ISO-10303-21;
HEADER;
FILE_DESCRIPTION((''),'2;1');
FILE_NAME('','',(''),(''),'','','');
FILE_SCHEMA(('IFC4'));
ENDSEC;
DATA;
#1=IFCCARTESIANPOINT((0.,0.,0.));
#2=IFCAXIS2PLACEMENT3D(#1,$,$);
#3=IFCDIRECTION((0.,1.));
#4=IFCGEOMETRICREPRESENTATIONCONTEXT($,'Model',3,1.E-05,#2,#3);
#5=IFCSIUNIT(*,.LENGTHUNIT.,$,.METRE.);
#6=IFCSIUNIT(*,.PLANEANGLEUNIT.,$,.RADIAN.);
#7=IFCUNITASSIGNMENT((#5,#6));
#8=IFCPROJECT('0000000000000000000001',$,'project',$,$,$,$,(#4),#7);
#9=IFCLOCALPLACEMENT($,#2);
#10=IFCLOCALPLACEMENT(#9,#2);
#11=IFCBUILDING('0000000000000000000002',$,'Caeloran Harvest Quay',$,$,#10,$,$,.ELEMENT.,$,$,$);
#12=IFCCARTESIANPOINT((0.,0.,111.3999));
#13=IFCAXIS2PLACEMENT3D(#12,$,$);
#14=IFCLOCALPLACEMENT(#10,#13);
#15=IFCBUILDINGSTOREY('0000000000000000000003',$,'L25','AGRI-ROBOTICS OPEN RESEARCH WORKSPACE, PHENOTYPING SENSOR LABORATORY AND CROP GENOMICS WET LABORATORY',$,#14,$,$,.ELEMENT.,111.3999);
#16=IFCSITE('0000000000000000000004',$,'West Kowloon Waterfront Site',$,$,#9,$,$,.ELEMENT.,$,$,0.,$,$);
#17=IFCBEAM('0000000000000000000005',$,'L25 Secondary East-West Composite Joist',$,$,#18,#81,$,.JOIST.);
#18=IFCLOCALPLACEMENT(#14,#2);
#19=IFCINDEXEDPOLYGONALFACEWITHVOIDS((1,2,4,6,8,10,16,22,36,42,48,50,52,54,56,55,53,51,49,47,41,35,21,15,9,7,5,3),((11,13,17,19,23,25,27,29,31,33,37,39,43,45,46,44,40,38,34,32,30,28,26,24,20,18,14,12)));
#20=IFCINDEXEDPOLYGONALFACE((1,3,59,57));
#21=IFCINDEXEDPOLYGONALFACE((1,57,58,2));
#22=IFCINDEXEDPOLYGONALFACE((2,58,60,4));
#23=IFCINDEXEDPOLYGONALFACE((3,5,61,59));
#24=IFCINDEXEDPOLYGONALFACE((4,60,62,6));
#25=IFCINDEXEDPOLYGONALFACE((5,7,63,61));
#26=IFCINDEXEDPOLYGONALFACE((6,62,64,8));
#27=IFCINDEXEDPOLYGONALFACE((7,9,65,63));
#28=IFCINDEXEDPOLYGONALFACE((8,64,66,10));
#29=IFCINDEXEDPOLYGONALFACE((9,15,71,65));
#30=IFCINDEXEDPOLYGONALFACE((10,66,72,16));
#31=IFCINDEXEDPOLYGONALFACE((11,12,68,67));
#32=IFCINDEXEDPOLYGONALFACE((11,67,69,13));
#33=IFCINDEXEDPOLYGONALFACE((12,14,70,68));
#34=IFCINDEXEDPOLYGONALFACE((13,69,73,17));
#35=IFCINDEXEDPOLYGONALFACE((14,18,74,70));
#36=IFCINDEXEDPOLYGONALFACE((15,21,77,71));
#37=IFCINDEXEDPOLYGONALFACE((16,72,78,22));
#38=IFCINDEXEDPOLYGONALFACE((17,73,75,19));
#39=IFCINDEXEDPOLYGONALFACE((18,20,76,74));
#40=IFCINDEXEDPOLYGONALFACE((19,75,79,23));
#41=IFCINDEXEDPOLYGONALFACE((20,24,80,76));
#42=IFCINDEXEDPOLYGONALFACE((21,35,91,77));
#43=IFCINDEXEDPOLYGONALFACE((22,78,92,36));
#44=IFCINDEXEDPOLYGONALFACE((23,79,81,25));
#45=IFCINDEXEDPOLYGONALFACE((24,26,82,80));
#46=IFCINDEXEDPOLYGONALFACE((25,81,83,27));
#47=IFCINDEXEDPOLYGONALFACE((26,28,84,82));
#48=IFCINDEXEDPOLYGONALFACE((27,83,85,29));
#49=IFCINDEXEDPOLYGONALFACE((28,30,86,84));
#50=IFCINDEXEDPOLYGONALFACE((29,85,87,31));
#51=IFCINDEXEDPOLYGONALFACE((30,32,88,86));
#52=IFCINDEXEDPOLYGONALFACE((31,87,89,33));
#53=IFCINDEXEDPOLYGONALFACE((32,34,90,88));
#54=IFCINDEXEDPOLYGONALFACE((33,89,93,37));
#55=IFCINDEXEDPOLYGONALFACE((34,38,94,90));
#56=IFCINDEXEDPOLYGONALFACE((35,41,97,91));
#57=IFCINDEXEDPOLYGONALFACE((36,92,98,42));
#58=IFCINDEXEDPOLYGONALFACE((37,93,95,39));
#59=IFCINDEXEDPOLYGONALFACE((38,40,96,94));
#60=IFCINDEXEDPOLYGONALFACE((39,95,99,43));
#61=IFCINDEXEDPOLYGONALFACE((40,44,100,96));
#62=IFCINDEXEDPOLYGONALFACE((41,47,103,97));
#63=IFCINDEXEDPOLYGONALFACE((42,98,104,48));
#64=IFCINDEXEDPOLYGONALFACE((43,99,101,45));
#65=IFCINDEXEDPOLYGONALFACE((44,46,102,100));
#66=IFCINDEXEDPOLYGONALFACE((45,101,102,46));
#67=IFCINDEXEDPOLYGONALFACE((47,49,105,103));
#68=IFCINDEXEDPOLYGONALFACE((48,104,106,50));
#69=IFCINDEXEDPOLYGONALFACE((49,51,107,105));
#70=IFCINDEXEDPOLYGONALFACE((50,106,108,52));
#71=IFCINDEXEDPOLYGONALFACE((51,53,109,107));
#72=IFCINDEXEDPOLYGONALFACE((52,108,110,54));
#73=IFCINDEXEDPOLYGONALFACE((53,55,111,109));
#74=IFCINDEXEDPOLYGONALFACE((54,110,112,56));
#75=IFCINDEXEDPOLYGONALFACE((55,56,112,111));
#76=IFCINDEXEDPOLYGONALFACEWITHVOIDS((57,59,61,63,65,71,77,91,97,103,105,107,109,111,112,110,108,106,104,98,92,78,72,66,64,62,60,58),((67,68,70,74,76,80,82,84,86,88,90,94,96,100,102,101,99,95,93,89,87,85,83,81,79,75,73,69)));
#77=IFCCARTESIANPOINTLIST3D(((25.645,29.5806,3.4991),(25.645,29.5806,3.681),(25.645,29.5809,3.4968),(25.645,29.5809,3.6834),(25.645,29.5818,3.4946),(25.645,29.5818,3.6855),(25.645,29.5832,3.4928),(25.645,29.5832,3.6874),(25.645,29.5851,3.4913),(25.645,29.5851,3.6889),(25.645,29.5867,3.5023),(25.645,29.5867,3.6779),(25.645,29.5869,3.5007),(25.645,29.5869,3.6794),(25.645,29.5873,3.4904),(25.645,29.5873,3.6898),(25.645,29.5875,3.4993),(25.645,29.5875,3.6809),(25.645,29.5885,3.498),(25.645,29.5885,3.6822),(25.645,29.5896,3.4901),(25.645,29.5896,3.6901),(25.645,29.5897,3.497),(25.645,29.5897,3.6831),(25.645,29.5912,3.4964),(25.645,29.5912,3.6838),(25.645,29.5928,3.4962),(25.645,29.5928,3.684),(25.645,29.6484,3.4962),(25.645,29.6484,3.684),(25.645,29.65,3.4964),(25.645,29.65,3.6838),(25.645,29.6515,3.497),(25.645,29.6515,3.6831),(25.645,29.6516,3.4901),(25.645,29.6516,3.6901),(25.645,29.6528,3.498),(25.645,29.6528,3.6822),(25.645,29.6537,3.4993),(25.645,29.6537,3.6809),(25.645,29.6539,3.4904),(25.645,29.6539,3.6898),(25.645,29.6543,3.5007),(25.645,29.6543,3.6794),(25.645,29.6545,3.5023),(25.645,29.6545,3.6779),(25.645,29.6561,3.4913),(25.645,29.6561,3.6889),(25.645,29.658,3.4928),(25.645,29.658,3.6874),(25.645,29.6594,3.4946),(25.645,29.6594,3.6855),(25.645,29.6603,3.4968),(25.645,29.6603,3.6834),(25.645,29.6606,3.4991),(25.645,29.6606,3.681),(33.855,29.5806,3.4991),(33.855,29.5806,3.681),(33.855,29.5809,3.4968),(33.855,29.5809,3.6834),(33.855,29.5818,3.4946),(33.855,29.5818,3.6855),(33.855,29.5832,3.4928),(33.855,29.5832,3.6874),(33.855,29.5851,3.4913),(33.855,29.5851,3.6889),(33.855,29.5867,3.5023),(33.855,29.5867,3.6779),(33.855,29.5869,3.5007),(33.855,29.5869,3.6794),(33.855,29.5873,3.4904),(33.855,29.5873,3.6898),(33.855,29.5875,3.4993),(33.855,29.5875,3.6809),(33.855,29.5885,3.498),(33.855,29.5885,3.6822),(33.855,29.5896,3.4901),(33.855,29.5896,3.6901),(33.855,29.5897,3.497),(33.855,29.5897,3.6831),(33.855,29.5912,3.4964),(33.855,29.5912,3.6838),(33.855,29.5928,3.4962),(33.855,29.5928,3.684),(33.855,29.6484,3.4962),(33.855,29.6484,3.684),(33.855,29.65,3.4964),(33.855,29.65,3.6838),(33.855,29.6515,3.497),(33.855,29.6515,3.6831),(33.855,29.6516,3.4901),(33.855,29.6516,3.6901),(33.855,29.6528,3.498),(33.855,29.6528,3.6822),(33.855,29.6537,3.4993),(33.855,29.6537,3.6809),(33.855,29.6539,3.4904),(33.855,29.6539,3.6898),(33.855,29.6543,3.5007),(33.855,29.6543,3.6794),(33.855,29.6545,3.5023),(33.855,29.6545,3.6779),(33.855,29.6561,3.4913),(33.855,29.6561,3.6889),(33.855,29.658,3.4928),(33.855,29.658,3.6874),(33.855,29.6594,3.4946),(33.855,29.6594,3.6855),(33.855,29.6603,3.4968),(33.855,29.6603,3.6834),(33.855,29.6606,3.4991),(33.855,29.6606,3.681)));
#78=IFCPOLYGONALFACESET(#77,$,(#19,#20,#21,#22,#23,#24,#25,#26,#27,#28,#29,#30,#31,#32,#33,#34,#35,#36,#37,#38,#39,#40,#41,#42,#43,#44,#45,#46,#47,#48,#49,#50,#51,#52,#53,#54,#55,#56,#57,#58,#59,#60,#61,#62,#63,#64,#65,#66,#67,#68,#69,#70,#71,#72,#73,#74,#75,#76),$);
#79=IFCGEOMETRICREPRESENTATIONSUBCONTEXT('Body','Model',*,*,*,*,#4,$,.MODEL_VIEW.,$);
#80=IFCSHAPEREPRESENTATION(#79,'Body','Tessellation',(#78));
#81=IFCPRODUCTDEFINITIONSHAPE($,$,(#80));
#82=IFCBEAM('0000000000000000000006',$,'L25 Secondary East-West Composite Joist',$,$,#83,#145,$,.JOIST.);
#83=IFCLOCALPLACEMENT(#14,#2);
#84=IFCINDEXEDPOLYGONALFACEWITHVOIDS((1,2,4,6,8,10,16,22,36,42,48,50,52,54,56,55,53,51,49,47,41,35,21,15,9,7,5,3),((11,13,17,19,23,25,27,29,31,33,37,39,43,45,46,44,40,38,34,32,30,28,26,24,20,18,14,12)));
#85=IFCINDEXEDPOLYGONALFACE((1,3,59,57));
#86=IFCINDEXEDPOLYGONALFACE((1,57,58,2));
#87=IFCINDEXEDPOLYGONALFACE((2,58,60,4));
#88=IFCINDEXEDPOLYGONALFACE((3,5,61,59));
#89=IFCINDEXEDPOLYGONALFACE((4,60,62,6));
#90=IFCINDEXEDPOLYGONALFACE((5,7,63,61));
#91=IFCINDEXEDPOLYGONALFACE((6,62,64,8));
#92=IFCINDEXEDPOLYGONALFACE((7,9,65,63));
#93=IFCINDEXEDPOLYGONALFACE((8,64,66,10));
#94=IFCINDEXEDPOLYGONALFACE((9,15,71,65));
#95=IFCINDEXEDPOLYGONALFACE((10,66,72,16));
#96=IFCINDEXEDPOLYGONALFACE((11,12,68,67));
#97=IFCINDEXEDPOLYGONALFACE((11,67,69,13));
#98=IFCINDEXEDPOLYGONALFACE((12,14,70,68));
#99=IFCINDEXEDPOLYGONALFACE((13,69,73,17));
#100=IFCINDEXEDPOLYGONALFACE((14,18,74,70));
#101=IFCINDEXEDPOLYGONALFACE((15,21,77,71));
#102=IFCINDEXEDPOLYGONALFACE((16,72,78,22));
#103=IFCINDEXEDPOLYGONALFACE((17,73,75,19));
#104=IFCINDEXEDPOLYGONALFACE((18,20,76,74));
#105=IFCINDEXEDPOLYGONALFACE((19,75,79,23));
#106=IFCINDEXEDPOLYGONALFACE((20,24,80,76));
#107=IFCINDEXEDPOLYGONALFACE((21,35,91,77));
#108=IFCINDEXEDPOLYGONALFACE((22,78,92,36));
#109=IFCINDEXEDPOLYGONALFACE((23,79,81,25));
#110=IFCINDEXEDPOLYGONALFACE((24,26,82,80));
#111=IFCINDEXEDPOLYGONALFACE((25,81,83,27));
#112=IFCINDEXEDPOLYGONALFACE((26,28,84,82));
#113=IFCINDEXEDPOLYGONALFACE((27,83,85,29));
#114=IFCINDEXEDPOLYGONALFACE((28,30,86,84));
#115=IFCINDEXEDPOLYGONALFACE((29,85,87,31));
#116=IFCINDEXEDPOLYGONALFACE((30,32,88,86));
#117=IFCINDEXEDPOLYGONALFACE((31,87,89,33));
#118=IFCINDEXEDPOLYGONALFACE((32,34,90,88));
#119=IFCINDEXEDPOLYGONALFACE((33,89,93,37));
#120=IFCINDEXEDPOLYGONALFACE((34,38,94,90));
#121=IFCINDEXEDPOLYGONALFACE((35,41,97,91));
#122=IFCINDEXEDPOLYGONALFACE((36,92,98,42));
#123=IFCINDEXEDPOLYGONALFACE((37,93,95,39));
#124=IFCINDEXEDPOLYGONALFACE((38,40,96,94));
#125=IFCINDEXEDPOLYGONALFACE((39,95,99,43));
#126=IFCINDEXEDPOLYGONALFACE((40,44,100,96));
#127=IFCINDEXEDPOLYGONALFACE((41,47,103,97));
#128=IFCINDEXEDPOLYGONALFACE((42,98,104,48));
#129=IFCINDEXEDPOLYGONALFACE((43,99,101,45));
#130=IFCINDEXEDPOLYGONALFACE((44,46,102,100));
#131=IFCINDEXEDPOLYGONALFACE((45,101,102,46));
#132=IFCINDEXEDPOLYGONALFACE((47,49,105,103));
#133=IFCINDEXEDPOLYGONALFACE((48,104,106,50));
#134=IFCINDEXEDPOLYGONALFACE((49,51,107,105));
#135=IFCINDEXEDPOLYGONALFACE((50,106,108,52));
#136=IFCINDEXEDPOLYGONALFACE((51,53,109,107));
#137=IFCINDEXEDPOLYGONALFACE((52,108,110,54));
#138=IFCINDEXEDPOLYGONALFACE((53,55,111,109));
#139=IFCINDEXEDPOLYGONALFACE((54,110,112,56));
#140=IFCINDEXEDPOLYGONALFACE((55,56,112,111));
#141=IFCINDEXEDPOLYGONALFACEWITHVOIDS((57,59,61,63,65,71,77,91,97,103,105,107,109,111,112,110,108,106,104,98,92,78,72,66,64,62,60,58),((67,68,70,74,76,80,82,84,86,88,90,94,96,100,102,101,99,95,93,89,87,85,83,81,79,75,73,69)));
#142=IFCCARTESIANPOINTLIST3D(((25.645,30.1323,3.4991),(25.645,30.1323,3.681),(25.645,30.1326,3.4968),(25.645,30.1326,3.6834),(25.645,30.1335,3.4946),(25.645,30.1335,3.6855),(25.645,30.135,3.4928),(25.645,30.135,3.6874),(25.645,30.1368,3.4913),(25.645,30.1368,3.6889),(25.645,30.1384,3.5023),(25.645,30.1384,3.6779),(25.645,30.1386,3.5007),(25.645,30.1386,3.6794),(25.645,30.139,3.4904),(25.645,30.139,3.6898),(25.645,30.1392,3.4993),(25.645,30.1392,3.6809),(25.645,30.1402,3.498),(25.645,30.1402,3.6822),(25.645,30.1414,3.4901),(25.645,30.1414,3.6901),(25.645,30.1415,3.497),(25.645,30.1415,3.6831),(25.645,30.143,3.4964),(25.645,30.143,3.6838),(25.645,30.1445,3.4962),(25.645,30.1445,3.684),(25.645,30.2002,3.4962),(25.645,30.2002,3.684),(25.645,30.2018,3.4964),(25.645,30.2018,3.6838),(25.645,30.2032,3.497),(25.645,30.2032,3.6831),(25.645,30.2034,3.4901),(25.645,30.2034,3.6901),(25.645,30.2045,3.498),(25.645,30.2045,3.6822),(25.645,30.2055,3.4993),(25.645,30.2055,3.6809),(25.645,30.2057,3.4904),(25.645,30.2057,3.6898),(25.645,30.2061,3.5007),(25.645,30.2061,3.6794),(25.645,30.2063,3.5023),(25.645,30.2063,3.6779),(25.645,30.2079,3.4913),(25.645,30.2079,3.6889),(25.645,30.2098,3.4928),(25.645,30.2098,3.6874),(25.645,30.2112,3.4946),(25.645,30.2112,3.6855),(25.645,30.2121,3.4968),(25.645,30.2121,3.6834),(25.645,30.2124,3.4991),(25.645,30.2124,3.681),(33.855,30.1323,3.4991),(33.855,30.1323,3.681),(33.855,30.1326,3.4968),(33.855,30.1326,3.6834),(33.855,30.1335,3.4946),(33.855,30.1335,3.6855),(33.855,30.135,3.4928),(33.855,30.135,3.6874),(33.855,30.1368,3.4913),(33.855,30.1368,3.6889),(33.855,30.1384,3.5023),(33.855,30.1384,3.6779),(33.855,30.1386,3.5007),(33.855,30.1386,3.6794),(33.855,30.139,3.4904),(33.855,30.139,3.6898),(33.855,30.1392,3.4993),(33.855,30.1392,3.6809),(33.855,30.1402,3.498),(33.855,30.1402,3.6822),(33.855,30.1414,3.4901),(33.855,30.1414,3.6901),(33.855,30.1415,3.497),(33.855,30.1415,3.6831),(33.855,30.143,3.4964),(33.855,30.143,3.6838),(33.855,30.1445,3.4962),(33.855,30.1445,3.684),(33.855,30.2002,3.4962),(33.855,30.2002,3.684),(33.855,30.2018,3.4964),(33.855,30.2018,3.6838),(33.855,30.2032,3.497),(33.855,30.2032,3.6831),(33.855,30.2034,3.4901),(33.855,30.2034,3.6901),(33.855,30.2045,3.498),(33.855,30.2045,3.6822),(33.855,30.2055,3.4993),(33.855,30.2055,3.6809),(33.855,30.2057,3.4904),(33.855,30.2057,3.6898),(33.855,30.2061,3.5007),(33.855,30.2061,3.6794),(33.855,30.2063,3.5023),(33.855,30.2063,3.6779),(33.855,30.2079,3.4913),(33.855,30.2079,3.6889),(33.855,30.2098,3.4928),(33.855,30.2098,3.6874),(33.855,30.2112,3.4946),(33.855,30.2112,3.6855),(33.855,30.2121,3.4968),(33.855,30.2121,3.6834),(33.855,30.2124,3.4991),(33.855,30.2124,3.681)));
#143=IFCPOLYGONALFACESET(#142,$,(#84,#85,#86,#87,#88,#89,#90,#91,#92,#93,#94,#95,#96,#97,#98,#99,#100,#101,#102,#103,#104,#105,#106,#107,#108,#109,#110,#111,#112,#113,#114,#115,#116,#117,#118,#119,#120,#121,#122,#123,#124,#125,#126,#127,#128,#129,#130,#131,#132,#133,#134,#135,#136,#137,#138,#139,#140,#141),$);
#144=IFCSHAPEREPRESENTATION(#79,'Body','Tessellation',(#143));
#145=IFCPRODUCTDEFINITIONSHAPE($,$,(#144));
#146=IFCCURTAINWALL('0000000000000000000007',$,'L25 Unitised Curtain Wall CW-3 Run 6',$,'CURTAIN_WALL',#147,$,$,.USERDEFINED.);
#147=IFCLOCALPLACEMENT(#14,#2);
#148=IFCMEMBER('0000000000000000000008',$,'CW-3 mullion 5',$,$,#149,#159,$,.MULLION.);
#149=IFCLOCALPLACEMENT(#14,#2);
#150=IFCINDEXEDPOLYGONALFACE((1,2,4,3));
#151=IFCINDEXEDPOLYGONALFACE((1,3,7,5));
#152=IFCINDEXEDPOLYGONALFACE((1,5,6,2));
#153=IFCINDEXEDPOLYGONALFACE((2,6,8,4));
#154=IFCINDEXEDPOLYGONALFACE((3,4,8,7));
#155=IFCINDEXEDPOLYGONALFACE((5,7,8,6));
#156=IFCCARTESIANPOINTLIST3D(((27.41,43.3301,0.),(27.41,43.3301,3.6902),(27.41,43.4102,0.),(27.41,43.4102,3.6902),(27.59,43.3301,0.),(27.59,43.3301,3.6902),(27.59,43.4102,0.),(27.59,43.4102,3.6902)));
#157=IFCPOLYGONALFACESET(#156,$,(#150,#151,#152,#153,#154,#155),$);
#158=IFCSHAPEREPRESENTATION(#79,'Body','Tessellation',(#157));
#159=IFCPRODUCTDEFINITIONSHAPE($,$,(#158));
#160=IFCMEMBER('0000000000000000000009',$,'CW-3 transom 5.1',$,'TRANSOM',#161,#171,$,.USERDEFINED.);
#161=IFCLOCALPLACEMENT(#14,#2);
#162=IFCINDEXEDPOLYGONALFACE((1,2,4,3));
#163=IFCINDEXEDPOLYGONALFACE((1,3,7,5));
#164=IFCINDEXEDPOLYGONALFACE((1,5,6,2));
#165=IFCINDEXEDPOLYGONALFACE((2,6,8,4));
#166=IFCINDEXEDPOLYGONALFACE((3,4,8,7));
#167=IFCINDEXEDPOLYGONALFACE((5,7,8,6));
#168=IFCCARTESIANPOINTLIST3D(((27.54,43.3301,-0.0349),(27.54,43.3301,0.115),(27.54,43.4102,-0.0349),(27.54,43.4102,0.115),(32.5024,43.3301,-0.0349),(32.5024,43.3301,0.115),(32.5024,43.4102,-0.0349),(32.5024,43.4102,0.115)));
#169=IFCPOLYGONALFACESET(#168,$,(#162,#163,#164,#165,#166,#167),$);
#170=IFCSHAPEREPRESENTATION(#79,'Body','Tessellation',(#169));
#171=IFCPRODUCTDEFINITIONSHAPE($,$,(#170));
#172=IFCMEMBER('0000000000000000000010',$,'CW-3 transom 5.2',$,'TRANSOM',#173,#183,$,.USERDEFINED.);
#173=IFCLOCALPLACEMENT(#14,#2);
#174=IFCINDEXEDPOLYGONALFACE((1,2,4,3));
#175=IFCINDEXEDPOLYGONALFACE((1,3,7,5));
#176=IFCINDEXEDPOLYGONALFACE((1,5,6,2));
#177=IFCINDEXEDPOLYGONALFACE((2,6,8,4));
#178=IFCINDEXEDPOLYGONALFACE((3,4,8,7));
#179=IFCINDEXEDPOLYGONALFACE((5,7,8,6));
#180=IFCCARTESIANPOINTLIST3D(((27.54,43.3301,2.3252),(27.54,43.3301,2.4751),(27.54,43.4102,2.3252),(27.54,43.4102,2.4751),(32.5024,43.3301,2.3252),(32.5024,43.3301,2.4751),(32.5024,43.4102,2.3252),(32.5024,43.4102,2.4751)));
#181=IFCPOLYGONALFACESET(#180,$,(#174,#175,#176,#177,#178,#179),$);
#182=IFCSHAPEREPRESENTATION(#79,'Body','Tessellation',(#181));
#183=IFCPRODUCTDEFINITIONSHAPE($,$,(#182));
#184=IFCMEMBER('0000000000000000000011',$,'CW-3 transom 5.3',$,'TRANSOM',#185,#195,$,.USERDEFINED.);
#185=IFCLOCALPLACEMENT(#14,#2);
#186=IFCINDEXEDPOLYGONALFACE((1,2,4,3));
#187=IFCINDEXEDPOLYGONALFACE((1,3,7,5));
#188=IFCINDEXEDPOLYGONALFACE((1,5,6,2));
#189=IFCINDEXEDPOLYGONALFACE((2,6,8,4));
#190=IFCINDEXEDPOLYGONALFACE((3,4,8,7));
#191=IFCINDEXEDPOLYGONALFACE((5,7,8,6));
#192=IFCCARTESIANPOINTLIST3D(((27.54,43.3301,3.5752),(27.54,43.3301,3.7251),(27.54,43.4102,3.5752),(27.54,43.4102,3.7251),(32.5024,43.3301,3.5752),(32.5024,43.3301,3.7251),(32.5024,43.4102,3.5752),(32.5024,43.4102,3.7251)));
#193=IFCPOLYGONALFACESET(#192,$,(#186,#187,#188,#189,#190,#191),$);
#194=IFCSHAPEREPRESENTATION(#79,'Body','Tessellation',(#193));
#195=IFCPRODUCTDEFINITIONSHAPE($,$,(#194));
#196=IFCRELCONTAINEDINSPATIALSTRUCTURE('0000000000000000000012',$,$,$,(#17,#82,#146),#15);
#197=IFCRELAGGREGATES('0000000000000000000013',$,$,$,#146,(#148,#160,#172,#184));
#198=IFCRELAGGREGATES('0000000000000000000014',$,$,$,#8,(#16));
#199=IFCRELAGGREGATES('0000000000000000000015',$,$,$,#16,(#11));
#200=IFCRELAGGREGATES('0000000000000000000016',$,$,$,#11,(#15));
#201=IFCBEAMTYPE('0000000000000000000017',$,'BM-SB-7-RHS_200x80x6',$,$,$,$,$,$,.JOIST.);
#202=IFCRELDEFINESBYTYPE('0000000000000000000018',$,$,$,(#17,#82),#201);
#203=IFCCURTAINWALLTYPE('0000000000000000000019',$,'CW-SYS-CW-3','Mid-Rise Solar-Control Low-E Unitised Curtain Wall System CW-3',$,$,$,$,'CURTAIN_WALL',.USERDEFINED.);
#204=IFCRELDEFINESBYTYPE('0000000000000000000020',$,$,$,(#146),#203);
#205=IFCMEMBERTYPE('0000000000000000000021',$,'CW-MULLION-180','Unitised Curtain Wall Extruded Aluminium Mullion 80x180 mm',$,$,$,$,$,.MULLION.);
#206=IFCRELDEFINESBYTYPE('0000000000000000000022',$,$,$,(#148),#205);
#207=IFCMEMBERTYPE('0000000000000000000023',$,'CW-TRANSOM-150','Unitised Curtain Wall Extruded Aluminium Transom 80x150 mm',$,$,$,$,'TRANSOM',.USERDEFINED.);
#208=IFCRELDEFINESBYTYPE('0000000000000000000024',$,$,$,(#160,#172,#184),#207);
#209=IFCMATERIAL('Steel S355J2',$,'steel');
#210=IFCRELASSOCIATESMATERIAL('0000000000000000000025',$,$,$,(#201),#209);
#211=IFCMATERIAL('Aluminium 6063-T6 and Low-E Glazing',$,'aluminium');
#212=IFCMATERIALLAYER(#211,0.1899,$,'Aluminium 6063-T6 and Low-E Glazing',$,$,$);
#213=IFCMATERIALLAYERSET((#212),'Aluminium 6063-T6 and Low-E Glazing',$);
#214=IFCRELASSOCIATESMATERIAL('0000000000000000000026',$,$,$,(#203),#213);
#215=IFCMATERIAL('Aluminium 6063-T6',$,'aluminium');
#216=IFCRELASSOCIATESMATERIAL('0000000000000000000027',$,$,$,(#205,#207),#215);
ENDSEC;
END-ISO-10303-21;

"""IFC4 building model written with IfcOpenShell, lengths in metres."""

from ifc_helpers import new_model, si_unit, direction, frame, origin, origin_2d, place, context, subcontext, project, spatial, rectangle, hollow_rectangle, extrude, material, layer, layer_set, material_profile, profile_set, type_object, element, aggregate, save


model = new_model("IFC4")

# Units and contexts
model_context = context("Model", 3, precision=1e-05, world=origin(), true_north=direction((0.0, 1.0)))
body_context = subcontext(model_context, "Body", "Model", "MODEL_VIEW")
ifc_project = project(units=[si_unit("LENGTHUNIT", "METRE"), si_unit("PLANEANGLEUNIT", "RADIAN")], contexts=[model_context])

# Site, building, storey
site_placement = place(None, origin())
site = spatial("IfcSite", under=ifc_project, at=site_placement, Name="West Kowloon Waterfront Site", CompositionType="ELEMENT", RefElevation=0.0)
building_placement = place(site_placement, origin())
building = spatial("IfcBuilding", under=site, at=building_placement, Name="Caeloran Harvest Quay", CompositionType="ELEMENT")
storey_placement = place(building_placement, frame((0.0, 0.0, 111.3999)))
storey = spatial("IfcBuildingStorey", under=building, at=storey_placement, Name="L25", Description="AGRI-ROBOTICS OPEN RESEARCH WORKSPACE, PHENOTYPING SENSOR LABORATORY AND CROP GENOMICS WET LABORATORY", CompositionType="ELEMENT", Elevation=111.3999)

# Beams
ifc_material_1 = material(Name="Steel S355J2", Category="steel")
ifc_material_profile_1 = material_profile(ifc_material_1, hollow_rectangle(XDim=0.0801, YDim=0.2, WallThickness=0.0061, InnerFilletRadius=0.0061, OuterFilletRadius=0.009, at=origin_2d()), Name="RHS 200x80x6")
ifc_profile_set_1 = profile_set([ifc_material_profile_1], Name="Steel S355J2")
beam_type_1 = type_object("IfcBeamType", Name="BM-SB-7-RHS_200x80x6", PredefinedType="JOIST", material=ifc_profile_set_1)
for number, where, z_axis, x_axis, name in (
    (1, (25.645, 29.6206, 3.5901), (1.0, 0.0, 0.0), (0.0, 1.0, 0.0), "L25 Secondary East-West Composite Joist"),
    (2, (25.645, 30.1724, 3.5901), (1.0, 0.0, 0.0), (0.0, 1.0, 0.0), "L25 Secondary East-West Composite Joist"),
):
    element("IfcBeam", number, at=place(storey_placement, frame(where, z_axis=z_axis, x_axis=x_axis)), inside=storey, type_object=beam_type_1, Name=name, PredefinedType="JOIST", context=body_context, shape_type="SweptSolid", body=[
        extrude(hollow_rectangle(XDim=0.0801, YDim=0.2, WallThickness=0.0061, InnerFilletRadius=0.0061, OuterFilletRadius=0.009, at=origin_2d()), origin(), (0.0, 0.0, 1.0), 8.21),
    ])

# Curtain wall, members
ifc_material_2 = material(Name="Aluminium 6063-T6 and Low-E Glazing", Category="aluminium")
ifc_layer_1 = layer(ifc_material_2, 0.1899, Name="Aluminium 6063-T6 and Low-E Glazing")
ifc_layer_set_1 = layer_set([ifc_layer_1], Name="Aluminium 6063-T6 and Low-E Glazing")
curtain_wall_type = type_object("IfcCurtainWallType", Name="CW-SYS-CW-3", Description="Mid-Rise Solar-Control Low-E Unitised Curtain Wall System CW-3", ElementType="CURTAIN_WALL", PredefinedType="USERDEFINED", material=ifc_layer_set_1)
curtain_wall_placement = place(storey_placement, origin())
curtain_wall = element("IfcCurtainWall", 3, at=curtain_wall_placement, inside=storey, type_object=curtain_wall_type, Name="L25 Unitised Curtain Wall CW-3 Run 6", ObjectType="CURTAIN_WALL", PredefinedType="USERDEFINED")
ifc_material_3 = material(Name="Aluminium 6063-T6", Category="aluminium")
ifc_material_profile_2 = material_profile(ifc_material_3, rectangle(XDim=0.0801, YDim=0.1799, at=origin_2d()), Name="CW-MULLION-180")
ifc_profile_set_2 = profile_set([ifc_material_profile_2], Name="Aluminium 6063-T6")
member_type_1 = type_object("IfcMemberType", Name="CW-MULLION-180", Description="Unitised Curtain Wall Extruded Aluminium Mullion 80x180 mm", PredefinedType="MULLION", material=ifc_profile_set_2)
member_1_placement = place(storey_placement, frame((27.5, 43.3701, 0.0), z_axis=(0.0, 0.0, 1.0), x_axis=(0.0, 1.0, 0.0)))
member_1 = element("IfcMember", 4, at=member_1_placement, type_object=member_type_1, Name="CW-3 mullion 5", PredefinedType="MULLION", context=body_context, shape_type="SweptSolid", body=[
    extrude(rectangle(XDim=0.0801, YDim=0.1799, at=origin_2d()), origin(), (0.0, 0.0, 1.0), 3.6902),
])
ifc_material_profile_3 = material_profile(ifc_material_3, rectangle(XDim=0.0801, YDim=0.1499, at=origin_2d()), Name="CW-TRANSOM-150")
ifc_profile_set_3 = profile_set([ifc_material_profile_3], Name="Aluminium 6063-T6")
member_type_2 = type_object("IfcMemberType", Name="CW-TRANSOM-150", Description="Unitised Curtain Wall Extruded Aluminium Transom 80x150 mm", ElementType="TRANSOM", PredefinedType="USERDEFINED", material=ifc_profile_set_3)
member_2_placement = place(storey_placement, frame((27.54, 43.3701, 0.04), z_axis=(1.0, 0.0, 0.0), x_axis=(0.0, 1.0, 0.0)))
member_2 = element("IfcMember", 5, at=member_2_placement, type_object=member_type_2, Name="CW-3 transom 5.1", ObjectType="TRANSOM", PredefinedType="USERDEFINED", context=body_context, shape_type="SweptSolid", body=[
    extrude(rectangle(XDim=0.0801, YDim=0.1499, at=origin_2d()), origin(), (0.0, 0.0, 1.0), 4.9624),
])
member_3_placement = place(storey_placement, frame((27.54, 43.3701, 2.4001), z_axis=(1.0, 0.0, 0.0), x_axis=(0.0, 1.0, 0.0)))
member_3 = element("IfcMember", 6, at=member_3_placement, type_object=member_type_2, Name="CW-3 transom 5.2", ObjectType="TRANSOM", PredefinedType="USERDEFINED", context=body_context, shape_type="SweptSolid", body=[
    extrude(rectangle(XDim=0.0801, YDim=0.1499, at=origin_2d()), origin(), (0.0, 0.0, 1.0), 4.9624),
])
member_4_placement = place(storey_placement, frame((27.54, 43.3701, 3.6501), z_axis=(1.0, 0.0, 0.0), x_axis=(0.0, 1.0, 0.0)))
member_4 = element("IfcMember", 7, at=member_4_placement, type_object=member_type_2, Name="CW-3 transom 5.3", ObjectType="TRANSOM", PredefinedType="USERDEFINED", context=body_context, shape_type="SweptSolid", body=[
    extrude(rectangle(XDim=0.0801, YDim=0.1499, at=origin_2d()), origin(), (0.0, 0.0, 1.0), 4.9624),
])
aggregate(curtain_wall, [member_1, member_2, member_3, member_4])

save(model, "model.ifc")
